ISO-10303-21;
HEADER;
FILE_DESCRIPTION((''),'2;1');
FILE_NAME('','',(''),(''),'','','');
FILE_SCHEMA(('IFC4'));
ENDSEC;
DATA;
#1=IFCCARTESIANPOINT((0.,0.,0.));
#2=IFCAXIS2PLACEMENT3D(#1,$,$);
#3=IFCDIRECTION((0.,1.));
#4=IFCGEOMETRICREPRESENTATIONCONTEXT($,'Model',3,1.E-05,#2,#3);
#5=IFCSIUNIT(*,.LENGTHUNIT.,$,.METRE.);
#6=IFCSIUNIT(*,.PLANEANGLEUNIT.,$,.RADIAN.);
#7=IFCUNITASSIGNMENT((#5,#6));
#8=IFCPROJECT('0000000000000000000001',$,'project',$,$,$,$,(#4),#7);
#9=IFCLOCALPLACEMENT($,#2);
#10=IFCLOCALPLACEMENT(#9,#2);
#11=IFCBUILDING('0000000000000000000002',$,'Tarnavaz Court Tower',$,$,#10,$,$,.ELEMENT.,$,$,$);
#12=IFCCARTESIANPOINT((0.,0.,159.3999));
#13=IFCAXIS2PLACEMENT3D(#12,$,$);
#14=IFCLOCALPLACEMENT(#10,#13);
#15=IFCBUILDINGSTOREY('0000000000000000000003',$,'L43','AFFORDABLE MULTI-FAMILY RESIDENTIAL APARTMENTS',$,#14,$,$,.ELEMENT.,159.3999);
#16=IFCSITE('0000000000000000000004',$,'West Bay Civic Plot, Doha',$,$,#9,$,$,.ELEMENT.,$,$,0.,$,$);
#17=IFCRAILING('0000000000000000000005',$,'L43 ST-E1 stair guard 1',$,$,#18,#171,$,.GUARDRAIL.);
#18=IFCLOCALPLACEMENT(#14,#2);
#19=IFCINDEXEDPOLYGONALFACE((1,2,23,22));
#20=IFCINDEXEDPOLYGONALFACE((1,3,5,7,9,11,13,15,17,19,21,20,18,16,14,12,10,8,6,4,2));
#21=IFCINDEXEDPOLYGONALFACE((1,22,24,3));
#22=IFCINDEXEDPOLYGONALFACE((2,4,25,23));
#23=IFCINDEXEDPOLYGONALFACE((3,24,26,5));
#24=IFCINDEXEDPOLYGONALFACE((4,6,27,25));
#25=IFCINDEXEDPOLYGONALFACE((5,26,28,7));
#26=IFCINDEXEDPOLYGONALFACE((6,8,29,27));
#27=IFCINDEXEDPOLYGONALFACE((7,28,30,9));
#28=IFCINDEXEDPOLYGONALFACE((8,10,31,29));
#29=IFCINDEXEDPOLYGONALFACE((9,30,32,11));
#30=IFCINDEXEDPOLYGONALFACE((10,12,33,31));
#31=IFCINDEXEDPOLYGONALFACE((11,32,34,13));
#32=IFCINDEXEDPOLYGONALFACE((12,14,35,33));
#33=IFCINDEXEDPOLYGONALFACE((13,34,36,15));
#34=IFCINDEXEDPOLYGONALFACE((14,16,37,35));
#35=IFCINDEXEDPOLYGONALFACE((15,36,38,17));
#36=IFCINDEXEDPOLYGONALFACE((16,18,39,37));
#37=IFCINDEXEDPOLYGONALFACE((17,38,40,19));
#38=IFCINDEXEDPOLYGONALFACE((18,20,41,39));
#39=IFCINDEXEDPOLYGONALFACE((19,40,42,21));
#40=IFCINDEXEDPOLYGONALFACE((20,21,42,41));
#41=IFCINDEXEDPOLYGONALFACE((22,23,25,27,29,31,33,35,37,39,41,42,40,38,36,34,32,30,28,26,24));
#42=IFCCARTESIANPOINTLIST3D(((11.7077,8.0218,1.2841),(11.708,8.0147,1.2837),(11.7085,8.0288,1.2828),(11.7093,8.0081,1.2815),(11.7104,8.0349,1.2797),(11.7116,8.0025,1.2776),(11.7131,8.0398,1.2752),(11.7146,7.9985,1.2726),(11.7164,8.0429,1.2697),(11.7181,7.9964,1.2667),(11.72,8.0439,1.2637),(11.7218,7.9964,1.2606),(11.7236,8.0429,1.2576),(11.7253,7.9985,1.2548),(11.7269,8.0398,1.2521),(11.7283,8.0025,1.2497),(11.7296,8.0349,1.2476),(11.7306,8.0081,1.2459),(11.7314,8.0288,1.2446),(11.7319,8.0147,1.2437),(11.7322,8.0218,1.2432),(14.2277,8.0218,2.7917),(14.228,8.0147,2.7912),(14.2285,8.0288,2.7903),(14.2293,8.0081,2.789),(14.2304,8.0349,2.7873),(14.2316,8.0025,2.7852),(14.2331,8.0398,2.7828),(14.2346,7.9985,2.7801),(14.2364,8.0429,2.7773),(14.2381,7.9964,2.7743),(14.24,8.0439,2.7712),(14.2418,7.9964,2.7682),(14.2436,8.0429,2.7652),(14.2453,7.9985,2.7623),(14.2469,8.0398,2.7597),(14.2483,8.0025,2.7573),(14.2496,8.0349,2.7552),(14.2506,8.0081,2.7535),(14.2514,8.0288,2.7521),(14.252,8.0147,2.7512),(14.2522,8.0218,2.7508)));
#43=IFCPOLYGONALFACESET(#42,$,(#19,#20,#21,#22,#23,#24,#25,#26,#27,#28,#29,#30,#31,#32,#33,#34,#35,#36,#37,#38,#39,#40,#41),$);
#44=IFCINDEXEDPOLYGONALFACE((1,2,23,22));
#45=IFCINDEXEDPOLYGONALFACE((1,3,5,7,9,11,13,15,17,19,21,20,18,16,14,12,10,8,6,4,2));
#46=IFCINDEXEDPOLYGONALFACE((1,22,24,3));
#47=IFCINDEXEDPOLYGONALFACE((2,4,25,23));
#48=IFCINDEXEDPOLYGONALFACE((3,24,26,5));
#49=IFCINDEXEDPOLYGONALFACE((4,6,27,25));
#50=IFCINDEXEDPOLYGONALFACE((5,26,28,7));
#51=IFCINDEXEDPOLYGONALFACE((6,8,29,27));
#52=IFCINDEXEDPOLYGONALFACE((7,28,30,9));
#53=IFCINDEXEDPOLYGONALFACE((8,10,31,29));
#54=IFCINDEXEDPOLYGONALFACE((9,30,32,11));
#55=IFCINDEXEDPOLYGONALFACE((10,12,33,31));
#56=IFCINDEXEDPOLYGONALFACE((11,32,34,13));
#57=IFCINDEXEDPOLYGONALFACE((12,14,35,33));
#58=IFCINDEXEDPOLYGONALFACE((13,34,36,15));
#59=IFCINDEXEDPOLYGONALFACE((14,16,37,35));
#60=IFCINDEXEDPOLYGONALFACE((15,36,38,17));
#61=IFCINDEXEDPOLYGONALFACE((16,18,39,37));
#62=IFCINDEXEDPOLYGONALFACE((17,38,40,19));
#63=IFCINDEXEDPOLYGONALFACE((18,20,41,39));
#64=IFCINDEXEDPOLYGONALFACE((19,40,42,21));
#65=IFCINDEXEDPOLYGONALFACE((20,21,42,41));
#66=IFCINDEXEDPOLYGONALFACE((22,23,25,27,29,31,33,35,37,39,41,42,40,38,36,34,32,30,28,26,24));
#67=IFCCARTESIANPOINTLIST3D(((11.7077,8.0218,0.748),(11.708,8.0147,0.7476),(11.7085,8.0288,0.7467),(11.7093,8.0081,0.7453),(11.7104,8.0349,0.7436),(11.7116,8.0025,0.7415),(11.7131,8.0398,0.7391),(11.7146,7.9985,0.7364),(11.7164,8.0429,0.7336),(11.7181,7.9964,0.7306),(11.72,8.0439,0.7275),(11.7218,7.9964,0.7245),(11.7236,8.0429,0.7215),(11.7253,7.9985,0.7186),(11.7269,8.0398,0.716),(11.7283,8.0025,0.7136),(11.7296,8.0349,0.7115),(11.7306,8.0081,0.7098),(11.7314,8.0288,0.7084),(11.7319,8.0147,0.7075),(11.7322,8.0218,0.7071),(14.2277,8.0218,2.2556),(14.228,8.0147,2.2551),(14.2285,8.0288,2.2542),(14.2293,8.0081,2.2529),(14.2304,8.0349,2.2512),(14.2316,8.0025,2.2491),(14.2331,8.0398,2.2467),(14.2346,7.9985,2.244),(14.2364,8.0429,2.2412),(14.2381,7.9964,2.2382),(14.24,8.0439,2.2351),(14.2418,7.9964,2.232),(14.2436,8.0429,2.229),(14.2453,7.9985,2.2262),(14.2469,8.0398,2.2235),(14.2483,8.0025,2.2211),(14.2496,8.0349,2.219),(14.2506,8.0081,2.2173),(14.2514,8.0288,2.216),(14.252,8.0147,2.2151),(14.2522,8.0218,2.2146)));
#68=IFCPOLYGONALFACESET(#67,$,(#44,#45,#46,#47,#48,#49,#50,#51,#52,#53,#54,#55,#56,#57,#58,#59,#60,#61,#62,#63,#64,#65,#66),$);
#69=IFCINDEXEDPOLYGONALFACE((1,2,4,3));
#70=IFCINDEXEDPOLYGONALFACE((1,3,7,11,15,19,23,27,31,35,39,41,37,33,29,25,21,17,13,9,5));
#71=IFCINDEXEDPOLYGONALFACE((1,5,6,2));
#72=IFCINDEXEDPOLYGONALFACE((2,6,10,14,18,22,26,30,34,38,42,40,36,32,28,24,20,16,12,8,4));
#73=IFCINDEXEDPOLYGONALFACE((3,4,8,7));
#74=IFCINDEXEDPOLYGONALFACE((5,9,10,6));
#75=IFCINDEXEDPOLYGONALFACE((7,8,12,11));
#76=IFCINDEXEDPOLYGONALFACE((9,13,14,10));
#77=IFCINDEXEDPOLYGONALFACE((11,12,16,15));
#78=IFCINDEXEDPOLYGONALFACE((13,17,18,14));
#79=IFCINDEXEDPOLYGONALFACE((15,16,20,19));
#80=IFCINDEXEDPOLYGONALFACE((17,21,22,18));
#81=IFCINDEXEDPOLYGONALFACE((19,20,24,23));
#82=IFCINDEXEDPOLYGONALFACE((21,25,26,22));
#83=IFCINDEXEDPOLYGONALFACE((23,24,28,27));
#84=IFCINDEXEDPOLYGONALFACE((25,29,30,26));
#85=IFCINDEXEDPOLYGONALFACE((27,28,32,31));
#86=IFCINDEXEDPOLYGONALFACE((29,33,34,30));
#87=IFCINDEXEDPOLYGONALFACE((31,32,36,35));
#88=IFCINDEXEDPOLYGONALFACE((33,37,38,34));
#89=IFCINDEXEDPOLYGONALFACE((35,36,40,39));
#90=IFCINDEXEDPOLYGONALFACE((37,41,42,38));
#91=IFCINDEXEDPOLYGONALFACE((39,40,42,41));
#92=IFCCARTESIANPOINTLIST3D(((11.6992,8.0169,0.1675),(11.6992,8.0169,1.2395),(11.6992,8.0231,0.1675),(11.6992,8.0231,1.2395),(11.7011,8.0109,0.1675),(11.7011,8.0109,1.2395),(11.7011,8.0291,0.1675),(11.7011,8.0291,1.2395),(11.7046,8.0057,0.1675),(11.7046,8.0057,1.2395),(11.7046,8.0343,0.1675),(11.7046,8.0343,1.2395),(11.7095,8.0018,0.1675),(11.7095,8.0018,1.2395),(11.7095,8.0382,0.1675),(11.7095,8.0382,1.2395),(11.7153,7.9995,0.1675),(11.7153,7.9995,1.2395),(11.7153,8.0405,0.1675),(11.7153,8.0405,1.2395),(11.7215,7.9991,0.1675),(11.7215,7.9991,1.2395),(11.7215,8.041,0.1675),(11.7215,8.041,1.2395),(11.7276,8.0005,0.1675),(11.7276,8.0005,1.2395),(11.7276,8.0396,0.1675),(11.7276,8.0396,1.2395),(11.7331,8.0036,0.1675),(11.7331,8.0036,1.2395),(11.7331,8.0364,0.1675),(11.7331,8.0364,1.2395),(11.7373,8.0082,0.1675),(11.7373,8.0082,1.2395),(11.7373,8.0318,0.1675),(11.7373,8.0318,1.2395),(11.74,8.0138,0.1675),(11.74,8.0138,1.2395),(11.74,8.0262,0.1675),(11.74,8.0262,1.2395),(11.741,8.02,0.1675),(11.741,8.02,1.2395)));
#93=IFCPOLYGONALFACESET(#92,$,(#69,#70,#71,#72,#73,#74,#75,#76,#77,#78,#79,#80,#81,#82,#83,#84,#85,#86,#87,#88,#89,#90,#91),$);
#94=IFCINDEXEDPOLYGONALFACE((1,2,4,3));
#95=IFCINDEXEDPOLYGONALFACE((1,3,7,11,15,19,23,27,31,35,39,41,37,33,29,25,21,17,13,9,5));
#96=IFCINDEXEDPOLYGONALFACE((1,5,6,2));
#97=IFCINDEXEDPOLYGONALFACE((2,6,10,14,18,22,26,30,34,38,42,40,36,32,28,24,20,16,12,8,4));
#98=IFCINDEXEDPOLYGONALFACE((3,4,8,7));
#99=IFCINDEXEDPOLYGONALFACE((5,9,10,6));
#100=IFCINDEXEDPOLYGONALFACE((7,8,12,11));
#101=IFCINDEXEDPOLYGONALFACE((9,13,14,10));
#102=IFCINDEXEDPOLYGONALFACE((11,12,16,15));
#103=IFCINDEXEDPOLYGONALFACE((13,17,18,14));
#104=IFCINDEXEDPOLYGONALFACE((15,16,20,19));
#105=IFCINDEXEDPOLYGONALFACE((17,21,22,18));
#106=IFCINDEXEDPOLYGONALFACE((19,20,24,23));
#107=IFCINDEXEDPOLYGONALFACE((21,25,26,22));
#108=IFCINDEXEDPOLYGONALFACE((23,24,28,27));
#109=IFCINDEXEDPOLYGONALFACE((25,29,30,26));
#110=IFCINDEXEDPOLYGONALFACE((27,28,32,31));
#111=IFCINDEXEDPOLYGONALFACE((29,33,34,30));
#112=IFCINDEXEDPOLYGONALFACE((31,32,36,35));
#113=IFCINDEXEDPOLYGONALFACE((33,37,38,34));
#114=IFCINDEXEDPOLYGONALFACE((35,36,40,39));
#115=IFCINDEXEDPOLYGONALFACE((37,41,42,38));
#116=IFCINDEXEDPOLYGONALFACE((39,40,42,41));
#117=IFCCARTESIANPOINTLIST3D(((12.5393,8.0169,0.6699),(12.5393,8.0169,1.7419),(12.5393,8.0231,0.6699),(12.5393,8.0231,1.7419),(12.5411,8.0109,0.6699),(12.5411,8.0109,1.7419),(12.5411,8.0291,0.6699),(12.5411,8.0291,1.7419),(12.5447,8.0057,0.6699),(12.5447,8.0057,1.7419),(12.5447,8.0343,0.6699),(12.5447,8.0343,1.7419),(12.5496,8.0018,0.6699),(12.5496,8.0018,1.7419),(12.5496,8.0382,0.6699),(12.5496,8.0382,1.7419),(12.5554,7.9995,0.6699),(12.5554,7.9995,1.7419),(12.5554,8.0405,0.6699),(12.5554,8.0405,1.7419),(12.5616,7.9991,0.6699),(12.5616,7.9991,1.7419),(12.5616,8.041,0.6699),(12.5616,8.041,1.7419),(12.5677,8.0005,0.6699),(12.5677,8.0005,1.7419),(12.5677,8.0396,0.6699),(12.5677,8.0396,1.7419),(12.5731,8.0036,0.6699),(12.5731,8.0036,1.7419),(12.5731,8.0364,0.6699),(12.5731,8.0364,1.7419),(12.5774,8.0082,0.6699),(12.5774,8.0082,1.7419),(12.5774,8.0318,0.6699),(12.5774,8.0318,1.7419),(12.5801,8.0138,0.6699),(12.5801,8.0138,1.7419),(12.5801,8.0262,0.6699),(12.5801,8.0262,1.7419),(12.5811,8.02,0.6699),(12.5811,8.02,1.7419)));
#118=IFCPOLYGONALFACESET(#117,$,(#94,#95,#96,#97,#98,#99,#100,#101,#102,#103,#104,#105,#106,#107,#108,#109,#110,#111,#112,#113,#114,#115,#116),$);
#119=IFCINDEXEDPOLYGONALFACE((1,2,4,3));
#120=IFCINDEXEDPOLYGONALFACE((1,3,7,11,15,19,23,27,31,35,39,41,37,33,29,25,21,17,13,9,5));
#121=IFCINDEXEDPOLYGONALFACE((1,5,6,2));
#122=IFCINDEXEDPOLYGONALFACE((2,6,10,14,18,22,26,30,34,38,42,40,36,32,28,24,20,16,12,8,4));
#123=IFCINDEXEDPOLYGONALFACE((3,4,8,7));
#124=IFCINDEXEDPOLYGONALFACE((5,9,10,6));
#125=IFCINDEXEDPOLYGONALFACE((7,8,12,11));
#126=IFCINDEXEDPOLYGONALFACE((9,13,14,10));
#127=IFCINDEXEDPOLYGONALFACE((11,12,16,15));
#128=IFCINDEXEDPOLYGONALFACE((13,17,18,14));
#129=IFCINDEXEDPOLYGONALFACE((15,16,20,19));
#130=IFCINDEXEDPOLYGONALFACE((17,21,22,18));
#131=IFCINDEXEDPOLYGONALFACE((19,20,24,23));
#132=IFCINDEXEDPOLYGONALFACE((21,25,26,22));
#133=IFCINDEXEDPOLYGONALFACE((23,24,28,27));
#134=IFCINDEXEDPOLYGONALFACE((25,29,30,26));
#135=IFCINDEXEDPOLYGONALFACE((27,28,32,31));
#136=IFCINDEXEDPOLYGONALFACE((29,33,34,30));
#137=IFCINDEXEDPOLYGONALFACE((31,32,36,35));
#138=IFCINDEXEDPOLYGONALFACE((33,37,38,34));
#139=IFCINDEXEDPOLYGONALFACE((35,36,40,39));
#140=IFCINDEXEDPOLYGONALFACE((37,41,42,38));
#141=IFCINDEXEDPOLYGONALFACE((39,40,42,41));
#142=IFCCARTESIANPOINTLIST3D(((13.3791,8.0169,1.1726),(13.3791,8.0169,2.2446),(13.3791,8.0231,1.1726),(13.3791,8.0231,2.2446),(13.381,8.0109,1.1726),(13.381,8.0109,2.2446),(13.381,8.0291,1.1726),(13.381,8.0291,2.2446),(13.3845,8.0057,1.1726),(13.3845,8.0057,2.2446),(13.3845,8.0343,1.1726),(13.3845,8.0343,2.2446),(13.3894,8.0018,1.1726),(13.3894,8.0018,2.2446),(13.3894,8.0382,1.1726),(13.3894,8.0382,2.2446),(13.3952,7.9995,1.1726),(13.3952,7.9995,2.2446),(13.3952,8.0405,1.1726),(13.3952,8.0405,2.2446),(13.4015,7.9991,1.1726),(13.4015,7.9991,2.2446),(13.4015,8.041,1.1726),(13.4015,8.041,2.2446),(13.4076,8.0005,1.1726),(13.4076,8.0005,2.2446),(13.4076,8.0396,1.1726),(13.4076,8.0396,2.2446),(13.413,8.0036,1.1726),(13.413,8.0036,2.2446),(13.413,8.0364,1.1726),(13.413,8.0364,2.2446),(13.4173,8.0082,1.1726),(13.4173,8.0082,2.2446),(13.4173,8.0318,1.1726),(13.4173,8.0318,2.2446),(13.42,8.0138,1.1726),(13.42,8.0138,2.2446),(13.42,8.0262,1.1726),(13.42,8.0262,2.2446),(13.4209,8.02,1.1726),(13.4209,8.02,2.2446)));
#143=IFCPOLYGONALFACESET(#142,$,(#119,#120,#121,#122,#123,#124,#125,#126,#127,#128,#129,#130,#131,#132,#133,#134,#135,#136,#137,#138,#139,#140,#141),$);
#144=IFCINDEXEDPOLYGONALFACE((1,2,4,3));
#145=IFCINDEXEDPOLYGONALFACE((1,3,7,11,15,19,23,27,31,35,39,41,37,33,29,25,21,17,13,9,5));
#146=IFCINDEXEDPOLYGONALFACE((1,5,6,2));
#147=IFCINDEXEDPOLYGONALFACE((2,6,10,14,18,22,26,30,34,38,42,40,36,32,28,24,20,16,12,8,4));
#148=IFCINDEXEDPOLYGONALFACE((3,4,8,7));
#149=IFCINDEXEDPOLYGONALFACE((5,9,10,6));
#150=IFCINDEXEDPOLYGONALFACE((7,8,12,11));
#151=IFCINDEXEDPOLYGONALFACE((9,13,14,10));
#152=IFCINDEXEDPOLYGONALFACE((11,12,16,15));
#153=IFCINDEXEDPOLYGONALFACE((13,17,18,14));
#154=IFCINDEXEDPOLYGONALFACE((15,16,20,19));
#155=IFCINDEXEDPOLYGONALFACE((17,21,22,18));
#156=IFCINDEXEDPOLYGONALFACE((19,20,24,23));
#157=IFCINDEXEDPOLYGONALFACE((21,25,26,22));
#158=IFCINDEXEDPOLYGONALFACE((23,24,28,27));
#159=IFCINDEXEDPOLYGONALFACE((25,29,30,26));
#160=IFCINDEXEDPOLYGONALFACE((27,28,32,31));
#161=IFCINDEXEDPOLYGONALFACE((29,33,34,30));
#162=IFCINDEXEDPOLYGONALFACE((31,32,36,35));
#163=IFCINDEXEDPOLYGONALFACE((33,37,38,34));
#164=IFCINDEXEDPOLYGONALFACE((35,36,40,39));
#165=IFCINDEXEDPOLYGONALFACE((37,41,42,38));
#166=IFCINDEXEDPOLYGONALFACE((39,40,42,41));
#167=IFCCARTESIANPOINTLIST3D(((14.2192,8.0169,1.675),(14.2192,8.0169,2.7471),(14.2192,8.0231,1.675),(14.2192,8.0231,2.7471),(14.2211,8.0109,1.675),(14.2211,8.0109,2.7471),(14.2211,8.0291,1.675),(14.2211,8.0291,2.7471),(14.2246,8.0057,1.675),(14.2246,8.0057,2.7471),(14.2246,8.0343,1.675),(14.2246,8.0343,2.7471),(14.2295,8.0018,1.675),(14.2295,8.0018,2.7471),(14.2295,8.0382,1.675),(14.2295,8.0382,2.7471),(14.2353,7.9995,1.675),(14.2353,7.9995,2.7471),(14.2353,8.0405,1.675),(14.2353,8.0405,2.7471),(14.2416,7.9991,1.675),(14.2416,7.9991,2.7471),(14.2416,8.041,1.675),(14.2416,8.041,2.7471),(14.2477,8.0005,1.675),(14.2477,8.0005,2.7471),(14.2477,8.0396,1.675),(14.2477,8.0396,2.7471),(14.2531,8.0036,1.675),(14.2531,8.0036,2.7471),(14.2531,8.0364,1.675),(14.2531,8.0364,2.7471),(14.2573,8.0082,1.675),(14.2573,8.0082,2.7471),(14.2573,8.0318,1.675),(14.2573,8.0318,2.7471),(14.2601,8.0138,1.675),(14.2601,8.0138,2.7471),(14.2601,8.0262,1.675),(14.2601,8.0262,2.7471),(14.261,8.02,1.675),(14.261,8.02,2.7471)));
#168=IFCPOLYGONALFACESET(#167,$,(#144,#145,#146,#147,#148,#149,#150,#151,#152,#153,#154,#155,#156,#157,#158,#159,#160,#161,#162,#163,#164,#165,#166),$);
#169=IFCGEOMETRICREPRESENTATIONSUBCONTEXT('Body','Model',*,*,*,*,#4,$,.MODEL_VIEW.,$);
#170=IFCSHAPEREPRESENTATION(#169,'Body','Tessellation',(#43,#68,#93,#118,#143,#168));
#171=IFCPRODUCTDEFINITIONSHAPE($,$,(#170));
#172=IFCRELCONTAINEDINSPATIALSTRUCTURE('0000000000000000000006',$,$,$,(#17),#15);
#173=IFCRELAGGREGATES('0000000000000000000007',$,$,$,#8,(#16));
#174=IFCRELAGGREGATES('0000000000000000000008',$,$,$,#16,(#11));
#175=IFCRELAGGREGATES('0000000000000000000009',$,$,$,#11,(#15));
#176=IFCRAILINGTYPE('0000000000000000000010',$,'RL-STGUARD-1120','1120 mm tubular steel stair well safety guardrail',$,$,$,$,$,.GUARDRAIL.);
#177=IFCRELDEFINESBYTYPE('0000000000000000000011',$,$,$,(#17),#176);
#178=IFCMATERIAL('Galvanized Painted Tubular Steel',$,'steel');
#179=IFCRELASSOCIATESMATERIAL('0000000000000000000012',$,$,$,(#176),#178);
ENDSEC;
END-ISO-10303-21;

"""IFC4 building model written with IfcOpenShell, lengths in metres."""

from ifc_helpers import new_model, si_unit, direction, frame, origin, origin_2d, place, context, subcontext, project, spatial, circle, extrude, material, type_object, element, save


model = new_model("IFC4")

# Units and contexts
model_context = context("Model", 3, precision=1e-05, world=origin(), true_north=direction((0.0, 1.0)))
body_context = subcontext(model_context, "Body", "Model", "MODEL_VIEW")
ifc_project = project(units=[si_unit("LENGTHUNIT", "METRE"), si_unit("PLANEANGLEUNIT", "RADIAN")], contexts=[model_context])

# Site, building, storey
site_placement = place(None, origin())
site = spatial("IfcSite", under=ifc_project, at=site_placement, Name="West Bay Civic Plot, Doha", CompositionType="ELEMENT", RefElevation=0.0)
building_placement = place(site_placement, origin())
building = spatial("IfcBuilding", under=site, at=building_placement, Name="Tarnavaz Court Tower", CompositionType="ELEMENT")
storey_placement = place(building_placement, frame((0.0, 0.0, 159.3999)))
storey = spatial("IfcBuildingStorey", under=building, at=storey_placement, Name="L43", Description="AFFORDABLE MULTI-FAMILY RESIDENTIAL APARTMENTS", CompositionType="ELEMENT", Elevation=159.3999)

# Railing
ifc_material_1 = material(Name="Galvanized Painted Tubular Steel", Category="steel")
railing_type_1 = type_object("IfcRailingType", Name="RL-STGUARD-1120", Description="1120 mm tubular steel stair well safety guardrail", PredefinedType="GUARDRAIL", material=ifc_material_1)
railing_1_placement = place(storey_placement, frame((11.72, 8.02, 0.1675)))
element("IfcRailing", 1, at=railing_1_placement, inside=storey, type_object=railing_type_1, Name="L43 ST-E1 stair guard 1", PredefinedType="GUARDRAIL", context=body_context, shape_type="SweptSolid", body=[
    extrude(circle(Radius=0.0239, at=origin_2d()), frame((0.0, 0.0, 1.0962), z_axis=(0.85816, 0.0, 0.513383), x_axis=(0.0, 1.0, 0.0)), (0.0, 0.0, 1.0), 2.9365),
    extrude(circle(Radius=0.0239, at=origin_2d()), frame((0.0, 0.0, 0.5601), z_axis=(0.85816, 0.0, 0.513383), x_axis=(0.0, 1.0, 0.0)), (0.0, 0.0, 1.0), 2.9365),
    extrude(circle(Radius=0.021, at=origin_2d()), origin(), (0.0, 0.0, 1.0), 1.072),
    extrude(circle(Radius=0.021, at=origin_2d()), frame((0.8401, 0.0, 0.5024)), (0.0, 0.0, 1.0), 1.072),
    extrude(circle(Radius=0.021, at=origin_2d()), frame((1.6799, 0.0, 1.0051)), (0.0, 0.0, 1.0), 1.072),
    extrude(circle(Radius=0.021, at=origin_2d()), frame((2.52, 0.0, 1.5076)), (0.0, 0.0, 1.0), 1.072),
])

save(model, "model.ifc")
